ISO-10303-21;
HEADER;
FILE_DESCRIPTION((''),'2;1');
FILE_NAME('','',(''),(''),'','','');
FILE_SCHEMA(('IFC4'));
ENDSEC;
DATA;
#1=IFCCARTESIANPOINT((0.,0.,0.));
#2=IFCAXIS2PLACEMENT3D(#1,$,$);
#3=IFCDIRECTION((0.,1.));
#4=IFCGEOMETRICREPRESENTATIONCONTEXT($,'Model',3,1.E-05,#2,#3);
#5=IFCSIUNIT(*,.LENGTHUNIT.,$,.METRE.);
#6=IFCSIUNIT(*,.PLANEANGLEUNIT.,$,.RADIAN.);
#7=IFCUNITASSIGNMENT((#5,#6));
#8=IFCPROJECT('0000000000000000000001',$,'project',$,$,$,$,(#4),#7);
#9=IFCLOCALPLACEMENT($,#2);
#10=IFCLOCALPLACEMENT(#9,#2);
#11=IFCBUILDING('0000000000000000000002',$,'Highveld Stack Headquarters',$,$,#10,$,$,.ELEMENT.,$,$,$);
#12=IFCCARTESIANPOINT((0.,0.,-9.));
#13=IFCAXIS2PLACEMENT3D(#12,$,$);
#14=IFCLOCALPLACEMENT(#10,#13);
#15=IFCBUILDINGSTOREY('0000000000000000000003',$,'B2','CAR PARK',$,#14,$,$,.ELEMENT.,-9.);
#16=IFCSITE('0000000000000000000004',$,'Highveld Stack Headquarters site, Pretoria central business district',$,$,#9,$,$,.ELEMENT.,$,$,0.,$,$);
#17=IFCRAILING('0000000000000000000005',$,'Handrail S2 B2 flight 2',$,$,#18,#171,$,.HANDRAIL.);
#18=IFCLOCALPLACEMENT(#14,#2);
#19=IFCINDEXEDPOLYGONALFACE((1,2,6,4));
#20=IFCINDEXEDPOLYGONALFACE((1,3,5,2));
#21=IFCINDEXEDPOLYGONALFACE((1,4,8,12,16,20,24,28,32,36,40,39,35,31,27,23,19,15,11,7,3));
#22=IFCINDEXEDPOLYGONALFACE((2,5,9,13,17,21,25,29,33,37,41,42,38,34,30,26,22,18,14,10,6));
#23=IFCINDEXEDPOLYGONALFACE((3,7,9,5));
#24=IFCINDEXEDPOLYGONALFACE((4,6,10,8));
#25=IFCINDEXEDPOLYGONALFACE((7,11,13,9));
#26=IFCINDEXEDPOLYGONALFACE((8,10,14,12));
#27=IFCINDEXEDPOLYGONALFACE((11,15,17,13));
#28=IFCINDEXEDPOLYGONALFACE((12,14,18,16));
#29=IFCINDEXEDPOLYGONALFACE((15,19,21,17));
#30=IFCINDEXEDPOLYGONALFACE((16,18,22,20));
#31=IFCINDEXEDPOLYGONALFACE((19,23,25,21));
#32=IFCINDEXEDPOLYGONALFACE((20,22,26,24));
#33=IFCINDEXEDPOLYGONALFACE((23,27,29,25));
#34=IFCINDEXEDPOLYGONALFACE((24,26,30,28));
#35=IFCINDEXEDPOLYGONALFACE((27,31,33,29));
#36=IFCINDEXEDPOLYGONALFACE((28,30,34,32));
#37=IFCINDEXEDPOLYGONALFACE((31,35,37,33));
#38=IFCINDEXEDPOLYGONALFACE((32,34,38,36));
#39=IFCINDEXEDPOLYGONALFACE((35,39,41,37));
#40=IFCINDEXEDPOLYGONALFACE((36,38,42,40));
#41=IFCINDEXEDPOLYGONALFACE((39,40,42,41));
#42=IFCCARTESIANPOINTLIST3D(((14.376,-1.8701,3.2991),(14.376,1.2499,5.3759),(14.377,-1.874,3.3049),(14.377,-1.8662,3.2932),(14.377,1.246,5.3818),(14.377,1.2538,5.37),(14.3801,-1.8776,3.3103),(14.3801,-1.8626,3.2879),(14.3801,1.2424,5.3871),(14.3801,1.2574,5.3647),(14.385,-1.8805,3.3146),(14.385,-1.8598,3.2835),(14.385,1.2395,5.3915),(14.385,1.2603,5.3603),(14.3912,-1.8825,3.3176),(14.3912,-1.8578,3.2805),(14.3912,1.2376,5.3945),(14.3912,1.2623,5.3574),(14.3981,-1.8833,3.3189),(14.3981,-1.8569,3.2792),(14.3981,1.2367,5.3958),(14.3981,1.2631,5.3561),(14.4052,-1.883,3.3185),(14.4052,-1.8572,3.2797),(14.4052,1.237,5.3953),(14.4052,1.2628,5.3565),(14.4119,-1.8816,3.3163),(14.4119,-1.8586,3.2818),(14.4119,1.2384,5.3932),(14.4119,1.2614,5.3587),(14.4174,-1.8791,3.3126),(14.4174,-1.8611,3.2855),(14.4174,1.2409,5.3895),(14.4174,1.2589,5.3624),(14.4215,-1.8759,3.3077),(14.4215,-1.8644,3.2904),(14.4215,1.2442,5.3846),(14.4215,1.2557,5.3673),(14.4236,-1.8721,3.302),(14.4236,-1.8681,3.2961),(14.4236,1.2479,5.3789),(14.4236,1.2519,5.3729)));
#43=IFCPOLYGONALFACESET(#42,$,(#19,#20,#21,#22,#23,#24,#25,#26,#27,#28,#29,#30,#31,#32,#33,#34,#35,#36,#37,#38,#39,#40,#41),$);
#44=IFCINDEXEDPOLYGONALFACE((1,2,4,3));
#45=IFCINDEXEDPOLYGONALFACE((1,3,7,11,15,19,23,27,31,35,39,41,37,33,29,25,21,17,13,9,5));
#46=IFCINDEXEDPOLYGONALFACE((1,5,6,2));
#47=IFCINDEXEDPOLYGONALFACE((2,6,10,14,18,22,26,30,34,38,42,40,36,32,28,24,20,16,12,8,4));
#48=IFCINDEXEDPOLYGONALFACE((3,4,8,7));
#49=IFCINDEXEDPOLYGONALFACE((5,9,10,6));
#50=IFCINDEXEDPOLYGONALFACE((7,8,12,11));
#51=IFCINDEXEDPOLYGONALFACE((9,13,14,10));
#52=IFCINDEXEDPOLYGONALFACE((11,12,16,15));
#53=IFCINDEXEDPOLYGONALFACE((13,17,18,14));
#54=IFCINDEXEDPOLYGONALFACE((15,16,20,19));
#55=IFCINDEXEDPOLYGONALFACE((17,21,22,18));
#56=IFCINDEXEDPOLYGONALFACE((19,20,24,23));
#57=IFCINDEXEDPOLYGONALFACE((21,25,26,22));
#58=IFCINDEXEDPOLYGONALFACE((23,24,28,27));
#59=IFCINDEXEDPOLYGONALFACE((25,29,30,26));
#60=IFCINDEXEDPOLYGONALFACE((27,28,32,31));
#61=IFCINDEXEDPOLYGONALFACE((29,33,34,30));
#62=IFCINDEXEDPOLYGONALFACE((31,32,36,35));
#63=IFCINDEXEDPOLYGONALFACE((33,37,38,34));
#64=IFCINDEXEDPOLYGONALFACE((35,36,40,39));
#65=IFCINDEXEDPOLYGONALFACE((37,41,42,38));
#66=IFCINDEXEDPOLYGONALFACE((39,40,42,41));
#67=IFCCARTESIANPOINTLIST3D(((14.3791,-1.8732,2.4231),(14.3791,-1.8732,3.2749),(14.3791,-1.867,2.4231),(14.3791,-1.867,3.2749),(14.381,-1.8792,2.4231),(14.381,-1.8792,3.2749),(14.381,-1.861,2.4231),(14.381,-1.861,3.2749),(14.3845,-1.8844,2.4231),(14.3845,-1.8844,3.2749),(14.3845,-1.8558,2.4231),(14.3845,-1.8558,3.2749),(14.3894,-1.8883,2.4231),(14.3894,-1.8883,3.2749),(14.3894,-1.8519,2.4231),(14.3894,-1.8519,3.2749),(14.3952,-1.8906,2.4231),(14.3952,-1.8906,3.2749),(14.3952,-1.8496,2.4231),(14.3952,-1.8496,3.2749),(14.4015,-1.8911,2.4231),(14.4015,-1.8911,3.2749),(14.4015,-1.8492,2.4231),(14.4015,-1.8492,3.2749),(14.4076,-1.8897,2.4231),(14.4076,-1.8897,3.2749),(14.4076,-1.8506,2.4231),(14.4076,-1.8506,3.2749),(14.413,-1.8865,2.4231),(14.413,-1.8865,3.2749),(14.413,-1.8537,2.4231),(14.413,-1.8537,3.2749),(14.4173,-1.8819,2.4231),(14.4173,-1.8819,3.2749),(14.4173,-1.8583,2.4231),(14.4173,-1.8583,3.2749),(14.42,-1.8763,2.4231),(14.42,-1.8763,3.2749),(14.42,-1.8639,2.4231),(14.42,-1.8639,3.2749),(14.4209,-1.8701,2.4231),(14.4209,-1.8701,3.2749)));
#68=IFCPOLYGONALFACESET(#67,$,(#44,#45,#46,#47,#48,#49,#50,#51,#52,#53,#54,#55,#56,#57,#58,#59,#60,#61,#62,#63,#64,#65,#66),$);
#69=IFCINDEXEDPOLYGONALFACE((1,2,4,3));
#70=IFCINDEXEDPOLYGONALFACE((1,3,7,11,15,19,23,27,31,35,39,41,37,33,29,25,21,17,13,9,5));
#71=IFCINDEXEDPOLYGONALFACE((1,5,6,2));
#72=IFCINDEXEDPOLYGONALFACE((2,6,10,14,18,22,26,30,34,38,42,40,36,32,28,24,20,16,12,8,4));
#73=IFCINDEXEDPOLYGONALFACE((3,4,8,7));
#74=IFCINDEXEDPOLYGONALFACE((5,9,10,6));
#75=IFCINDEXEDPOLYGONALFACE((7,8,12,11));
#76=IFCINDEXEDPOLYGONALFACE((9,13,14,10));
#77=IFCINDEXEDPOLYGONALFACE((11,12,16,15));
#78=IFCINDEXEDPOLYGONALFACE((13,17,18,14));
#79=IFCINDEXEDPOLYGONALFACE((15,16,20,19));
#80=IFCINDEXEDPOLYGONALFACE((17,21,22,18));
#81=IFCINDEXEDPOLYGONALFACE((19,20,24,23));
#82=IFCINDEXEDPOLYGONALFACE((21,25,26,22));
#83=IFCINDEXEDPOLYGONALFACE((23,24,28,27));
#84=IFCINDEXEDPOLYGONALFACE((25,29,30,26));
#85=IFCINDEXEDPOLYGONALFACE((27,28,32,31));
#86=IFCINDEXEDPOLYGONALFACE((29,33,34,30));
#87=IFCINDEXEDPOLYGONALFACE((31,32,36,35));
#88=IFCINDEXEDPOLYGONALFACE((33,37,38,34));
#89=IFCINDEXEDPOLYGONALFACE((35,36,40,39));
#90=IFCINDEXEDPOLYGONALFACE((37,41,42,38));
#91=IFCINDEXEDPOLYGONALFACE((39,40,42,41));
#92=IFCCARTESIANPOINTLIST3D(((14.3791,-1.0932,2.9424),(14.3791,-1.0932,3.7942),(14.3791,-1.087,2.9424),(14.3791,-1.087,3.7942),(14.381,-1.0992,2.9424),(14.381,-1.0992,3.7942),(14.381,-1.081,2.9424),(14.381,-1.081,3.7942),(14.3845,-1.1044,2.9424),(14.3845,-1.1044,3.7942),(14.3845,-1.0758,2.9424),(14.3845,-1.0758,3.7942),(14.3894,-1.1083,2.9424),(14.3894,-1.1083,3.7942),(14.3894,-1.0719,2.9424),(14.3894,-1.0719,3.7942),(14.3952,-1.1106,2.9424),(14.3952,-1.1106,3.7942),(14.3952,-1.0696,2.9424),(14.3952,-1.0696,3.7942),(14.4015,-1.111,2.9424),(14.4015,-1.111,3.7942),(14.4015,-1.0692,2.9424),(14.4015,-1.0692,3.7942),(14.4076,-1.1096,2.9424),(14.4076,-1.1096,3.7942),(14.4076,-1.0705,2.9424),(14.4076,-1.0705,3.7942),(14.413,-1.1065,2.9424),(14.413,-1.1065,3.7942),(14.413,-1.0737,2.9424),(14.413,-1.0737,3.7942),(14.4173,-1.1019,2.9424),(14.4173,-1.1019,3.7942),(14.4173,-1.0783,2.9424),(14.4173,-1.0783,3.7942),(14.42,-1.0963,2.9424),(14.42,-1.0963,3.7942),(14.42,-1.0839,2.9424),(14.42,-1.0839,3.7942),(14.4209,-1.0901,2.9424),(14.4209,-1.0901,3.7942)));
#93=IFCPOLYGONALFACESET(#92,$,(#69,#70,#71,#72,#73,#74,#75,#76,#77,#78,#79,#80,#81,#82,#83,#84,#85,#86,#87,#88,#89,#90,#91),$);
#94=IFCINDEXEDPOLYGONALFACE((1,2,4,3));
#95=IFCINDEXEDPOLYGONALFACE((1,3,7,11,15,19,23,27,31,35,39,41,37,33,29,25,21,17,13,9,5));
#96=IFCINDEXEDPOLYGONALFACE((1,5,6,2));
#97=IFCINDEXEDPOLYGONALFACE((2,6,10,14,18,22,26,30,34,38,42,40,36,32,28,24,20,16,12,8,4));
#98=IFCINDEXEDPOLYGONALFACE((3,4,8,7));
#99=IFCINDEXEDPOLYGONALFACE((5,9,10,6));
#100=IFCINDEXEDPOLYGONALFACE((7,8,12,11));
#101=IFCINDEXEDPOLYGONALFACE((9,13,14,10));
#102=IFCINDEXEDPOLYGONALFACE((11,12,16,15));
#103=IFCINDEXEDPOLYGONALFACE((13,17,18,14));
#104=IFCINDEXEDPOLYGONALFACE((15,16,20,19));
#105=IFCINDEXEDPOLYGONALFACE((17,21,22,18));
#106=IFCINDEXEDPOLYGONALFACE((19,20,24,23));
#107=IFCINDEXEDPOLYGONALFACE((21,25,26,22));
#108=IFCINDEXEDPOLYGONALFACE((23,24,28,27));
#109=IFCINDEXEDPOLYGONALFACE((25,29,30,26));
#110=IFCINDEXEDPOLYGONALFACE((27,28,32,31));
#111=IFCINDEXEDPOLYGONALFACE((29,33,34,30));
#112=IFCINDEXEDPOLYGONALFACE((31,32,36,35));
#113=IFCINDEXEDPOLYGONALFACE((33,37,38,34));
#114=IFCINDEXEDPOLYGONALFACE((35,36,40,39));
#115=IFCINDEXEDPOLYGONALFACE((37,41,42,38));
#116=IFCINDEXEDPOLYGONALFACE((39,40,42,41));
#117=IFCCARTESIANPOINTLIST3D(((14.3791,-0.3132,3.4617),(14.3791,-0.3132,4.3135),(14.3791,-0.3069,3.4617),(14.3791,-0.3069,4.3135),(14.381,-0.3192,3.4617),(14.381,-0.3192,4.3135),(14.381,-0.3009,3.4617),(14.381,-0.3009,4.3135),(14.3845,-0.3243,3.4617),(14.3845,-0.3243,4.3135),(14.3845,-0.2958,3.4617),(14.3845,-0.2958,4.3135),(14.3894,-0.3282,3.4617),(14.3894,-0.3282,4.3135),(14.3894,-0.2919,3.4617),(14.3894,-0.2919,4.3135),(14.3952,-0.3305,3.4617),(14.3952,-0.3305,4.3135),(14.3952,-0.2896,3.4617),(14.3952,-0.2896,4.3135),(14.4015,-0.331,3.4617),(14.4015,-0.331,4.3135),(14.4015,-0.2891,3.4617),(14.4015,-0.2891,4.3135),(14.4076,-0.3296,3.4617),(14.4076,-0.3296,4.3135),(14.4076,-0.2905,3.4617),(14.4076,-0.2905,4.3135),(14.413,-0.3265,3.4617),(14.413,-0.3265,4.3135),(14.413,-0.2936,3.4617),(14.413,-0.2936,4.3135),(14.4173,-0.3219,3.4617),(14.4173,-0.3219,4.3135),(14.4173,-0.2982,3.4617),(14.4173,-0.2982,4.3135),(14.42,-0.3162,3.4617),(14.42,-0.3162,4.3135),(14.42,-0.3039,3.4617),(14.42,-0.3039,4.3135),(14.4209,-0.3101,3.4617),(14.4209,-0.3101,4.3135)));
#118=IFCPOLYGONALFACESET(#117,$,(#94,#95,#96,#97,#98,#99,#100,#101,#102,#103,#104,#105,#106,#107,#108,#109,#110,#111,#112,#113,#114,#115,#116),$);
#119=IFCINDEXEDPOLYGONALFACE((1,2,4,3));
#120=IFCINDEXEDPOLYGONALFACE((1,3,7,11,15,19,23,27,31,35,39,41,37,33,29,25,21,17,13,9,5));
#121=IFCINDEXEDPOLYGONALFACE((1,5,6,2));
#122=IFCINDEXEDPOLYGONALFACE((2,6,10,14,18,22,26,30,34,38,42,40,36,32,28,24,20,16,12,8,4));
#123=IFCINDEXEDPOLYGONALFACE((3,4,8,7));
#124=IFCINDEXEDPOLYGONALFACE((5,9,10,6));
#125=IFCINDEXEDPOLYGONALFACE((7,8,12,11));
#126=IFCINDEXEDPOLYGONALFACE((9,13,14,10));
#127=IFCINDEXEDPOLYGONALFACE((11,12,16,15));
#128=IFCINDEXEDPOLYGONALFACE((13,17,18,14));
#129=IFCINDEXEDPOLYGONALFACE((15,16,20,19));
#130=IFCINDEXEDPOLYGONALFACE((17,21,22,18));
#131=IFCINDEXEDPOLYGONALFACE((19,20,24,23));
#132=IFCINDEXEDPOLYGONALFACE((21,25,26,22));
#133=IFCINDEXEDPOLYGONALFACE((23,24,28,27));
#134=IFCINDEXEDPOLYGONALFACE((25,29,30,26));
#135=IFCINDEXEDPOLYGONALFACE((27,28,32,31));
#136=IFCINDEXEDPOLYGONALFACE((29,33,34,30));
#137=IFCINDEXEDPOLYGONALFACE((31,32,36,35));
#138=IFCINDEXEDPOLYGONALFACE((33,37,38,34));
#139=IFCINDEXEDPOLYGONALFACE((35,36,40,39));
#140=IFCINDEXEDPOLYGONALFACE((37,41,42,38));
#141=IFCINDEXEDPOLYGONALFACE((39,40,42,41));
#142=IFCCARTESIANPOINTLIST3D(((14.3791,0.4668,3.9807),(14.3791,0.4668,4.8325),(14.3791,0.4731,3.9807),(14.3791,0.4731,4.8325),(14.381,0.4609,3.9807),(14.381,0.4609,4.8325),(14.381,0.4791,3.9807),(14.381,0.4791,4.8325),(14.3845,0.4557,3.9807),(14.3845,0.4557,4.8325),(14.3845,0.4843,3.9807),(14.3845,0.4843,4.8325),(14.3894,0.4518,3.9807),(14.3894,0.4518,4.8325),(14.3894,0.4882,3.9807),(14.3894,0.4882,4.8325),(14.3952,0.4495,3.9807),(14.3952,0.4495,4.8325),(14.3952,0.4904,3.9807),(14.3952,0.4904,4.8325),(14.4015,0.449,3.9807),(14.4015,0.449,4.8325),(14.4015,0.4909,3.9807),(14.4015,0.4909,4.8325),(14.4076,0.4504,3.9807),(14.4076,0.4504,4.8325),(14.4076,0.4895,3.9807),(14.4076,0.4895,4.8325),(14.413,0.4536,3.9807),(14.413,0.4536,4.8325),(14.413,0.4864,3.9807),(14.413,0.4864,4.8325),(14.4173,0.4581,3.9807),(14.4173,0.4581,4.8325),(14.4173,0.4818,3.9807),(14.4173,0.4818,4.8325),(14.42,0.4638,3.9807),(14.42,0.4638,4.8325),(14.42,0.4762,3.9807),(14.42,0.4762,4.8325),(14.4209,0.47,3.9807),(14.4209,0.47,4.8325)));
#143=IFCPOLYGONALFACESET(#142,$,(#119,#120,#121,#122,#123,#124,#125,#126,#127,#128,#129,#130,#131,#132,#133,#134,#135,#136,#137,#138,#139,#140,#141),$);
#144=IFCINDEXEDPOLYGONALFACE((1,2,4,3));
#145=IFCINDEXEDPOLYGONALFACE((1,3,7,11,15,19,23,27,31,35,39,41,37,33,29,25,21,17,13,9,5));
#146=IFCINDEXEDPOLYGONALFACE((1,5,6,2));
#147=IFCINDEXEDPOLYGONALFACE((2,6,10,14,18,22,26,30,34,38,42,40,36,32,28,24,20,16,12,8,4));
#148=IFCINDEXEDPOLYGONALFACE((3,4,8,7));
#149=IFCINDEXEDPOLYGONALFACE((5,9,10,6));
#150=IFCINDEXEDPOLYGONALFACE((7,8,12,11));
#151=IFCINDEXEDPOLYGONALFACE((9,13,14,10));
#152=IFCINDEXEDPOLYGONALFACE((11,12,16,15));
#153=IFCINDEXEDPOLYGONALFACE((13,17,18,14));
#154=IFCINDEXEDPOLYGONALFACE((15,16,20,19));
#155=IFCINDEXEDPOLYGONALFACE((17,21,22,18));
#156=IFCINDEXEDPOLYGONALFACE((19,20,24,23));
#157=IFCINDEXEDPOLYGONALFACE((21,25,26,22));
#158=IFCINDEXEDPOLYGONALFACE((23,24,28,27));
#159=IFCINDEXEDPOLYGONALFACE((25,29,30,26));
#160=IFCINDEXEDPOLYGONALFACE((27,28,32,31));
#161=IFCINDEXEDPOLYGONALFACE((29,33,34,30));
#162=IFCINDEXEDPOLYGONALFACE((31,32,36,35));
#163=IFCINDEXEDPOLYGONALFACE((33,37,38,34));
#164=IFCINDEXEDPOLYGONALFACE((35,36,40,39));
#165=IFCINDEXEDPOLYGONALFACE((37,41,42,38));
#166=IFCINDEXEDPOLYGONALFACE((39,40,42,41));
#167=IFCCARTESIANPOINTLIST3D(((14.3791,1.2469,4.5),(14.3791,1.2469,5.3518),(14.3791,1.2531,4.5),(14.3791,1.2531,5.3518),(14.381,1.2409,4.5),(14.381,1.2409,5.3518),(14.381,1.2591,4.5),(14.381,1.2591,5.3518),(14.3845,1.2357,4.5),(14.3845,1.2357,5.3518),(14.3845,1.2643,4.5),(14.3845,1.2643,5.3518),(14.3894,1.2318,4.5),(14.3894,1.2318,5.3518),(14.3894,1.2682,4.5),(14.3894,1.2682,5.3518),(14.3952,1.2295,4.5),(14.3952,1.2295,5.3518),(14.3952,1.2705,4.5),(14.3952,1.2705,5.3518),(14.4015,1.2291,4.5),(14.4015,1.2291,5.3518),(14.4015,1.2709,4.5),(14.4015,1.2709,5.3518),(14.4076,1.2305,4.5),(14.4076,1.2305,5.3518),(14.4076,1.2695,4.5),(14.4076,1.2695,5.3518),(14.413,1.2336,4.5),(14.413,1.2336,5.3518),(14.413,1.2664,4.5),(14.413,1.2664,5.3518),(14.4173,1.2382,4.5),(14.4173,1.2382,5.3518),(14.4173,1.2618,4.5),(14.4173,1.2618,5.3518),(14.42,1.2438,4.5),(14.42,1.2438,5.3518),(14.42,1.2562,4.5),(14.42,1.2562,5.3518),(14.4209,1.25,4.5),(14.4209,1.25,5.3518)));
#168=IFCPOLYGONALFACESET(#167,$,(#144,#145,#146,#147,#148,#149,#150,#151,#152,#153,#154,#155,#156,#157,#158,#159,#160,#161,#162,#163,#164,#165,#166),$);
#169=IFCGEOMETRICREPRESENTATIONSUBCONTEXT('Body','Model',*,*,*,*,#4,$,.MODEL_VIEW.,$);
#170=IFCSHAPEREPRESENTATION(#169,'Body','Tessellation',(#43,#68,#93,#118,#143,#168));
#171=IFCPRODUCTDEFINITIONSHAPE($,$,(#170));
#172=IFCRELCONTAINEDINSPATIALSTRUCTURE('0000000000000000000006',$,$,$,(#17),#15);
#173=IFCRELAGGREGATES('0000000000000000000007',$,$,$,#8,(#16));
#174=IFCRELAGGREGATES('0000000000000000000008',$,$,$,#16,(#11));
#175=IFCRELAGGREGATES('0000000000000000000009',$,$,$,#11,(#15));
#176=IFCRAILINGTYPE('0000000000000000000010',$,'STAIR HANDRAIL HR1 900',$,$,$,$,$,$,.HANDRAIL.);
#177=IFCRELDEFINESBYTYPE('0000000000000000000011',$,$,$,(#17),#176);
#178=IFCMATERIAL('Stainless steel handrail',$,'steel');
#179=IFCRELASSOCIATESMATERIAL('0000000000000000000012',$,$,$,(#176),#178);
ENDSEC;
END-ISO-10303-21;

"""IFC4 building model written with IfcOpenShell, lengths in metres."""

from ifc_helpers import new_model, si_unit, direction, frame, origin, origin_2d, place, context, subcontext, project, spatial, circle, extrude, material, type_object, element, save


model = new_model("IFC4")

# Units and contexts
model_context = context("Model", 3, precision=1e-05, world=origin(), true_north=direction((0.0, 1.0)))
body_context = subcontext(model_context, "Body", "Model", "MODEL_VIEW")
ifc_project = project(units=[si_unit("LENGTHUNIT", "METRE"), si_unit("PLANEANGLEUNIT", "RADIAN")], contexts=[model_context])

# Site, building, storey
site_placement = place(None, origin())
site = spatial("IfcSite", under=ifc_project, at=site_placement, Name="Highveld Stack Headquarters site, Pretoria central business district", CompositionType="ELEMENT", RefElevation=0.0)
building_placement = place(site_placement, origin())
building = spatial("IfcBuilding", under=site, at=building_placement, Name="Highveld Stack Headquarters", CompositionType="ELEMENT")
storey_placement = place(building_placement, frame((0.0, 0.0, -9.0)))
storey = spatial("IfcBuildingStorey", under=building, at=storey_placement, Name="B2", Description="CAR PARK", CompositionType="ELEMENT", Elevation=-9.0)

# Railing
ifc_material_1 = material(Name="Stainless steel handrail", Category="steel")
railing_type = type_object("IfcRailingType", Name="STAIR HANDRAIL HR1 900", PredefinedType="HANDRAIL", material=ifc_material_1)
for number, where, name in (
    (1, (14.3999, -1.8701, 2.4231), "Handrail S2 B2 flight 2"),
):
    element("IfcRailing", number, at=place(storey_placement, frame(where)), inside=storey, type_object=railing_type, Name=name, PredefinedType="HANDRAIL", context=body_context, shape_type="SweptSolid", body=[
        extrude(circle(Radius=0.0239, at=origin_2d()), frame((0.0, 0.0, 0.876), z_axis=(0.0, 0.832441, 0.554114), x_axis=(-1.0, 0.0, 0.0)), (0.0, 0.0, 1.0), 3.748),
        extrude(circle(Radius=0.021, at=origin_2d()), origin(), (0.0, 0.0, 1.0), 0.8518),
        extrude(circle(Radius=0.021, at=origin_2d()), frame((0.0, 0.78, 0.5193)), (0.0, 0.0, 1.0), 0.8518),
        extrude(circle(Radius=0.021, at=origin_2d()), frame((0.0, 1.5601, 1.0386)), (0.0, 0.0, 1.0), 0.8518),
        extrude(circle(Radius=0.021, at=origin_2d()), frame((0.0, 2.3401, 1.5576)), (0.0, 0.0, 1.0), 0.8518),
        extrude(circle(Radius=0.021, at=origin_2d()), frame((0.0, 3.1201, 2.0769)), (0.0, 0.0, 1.0), 0.8518),
    ])

save(model, "model.ifc")
